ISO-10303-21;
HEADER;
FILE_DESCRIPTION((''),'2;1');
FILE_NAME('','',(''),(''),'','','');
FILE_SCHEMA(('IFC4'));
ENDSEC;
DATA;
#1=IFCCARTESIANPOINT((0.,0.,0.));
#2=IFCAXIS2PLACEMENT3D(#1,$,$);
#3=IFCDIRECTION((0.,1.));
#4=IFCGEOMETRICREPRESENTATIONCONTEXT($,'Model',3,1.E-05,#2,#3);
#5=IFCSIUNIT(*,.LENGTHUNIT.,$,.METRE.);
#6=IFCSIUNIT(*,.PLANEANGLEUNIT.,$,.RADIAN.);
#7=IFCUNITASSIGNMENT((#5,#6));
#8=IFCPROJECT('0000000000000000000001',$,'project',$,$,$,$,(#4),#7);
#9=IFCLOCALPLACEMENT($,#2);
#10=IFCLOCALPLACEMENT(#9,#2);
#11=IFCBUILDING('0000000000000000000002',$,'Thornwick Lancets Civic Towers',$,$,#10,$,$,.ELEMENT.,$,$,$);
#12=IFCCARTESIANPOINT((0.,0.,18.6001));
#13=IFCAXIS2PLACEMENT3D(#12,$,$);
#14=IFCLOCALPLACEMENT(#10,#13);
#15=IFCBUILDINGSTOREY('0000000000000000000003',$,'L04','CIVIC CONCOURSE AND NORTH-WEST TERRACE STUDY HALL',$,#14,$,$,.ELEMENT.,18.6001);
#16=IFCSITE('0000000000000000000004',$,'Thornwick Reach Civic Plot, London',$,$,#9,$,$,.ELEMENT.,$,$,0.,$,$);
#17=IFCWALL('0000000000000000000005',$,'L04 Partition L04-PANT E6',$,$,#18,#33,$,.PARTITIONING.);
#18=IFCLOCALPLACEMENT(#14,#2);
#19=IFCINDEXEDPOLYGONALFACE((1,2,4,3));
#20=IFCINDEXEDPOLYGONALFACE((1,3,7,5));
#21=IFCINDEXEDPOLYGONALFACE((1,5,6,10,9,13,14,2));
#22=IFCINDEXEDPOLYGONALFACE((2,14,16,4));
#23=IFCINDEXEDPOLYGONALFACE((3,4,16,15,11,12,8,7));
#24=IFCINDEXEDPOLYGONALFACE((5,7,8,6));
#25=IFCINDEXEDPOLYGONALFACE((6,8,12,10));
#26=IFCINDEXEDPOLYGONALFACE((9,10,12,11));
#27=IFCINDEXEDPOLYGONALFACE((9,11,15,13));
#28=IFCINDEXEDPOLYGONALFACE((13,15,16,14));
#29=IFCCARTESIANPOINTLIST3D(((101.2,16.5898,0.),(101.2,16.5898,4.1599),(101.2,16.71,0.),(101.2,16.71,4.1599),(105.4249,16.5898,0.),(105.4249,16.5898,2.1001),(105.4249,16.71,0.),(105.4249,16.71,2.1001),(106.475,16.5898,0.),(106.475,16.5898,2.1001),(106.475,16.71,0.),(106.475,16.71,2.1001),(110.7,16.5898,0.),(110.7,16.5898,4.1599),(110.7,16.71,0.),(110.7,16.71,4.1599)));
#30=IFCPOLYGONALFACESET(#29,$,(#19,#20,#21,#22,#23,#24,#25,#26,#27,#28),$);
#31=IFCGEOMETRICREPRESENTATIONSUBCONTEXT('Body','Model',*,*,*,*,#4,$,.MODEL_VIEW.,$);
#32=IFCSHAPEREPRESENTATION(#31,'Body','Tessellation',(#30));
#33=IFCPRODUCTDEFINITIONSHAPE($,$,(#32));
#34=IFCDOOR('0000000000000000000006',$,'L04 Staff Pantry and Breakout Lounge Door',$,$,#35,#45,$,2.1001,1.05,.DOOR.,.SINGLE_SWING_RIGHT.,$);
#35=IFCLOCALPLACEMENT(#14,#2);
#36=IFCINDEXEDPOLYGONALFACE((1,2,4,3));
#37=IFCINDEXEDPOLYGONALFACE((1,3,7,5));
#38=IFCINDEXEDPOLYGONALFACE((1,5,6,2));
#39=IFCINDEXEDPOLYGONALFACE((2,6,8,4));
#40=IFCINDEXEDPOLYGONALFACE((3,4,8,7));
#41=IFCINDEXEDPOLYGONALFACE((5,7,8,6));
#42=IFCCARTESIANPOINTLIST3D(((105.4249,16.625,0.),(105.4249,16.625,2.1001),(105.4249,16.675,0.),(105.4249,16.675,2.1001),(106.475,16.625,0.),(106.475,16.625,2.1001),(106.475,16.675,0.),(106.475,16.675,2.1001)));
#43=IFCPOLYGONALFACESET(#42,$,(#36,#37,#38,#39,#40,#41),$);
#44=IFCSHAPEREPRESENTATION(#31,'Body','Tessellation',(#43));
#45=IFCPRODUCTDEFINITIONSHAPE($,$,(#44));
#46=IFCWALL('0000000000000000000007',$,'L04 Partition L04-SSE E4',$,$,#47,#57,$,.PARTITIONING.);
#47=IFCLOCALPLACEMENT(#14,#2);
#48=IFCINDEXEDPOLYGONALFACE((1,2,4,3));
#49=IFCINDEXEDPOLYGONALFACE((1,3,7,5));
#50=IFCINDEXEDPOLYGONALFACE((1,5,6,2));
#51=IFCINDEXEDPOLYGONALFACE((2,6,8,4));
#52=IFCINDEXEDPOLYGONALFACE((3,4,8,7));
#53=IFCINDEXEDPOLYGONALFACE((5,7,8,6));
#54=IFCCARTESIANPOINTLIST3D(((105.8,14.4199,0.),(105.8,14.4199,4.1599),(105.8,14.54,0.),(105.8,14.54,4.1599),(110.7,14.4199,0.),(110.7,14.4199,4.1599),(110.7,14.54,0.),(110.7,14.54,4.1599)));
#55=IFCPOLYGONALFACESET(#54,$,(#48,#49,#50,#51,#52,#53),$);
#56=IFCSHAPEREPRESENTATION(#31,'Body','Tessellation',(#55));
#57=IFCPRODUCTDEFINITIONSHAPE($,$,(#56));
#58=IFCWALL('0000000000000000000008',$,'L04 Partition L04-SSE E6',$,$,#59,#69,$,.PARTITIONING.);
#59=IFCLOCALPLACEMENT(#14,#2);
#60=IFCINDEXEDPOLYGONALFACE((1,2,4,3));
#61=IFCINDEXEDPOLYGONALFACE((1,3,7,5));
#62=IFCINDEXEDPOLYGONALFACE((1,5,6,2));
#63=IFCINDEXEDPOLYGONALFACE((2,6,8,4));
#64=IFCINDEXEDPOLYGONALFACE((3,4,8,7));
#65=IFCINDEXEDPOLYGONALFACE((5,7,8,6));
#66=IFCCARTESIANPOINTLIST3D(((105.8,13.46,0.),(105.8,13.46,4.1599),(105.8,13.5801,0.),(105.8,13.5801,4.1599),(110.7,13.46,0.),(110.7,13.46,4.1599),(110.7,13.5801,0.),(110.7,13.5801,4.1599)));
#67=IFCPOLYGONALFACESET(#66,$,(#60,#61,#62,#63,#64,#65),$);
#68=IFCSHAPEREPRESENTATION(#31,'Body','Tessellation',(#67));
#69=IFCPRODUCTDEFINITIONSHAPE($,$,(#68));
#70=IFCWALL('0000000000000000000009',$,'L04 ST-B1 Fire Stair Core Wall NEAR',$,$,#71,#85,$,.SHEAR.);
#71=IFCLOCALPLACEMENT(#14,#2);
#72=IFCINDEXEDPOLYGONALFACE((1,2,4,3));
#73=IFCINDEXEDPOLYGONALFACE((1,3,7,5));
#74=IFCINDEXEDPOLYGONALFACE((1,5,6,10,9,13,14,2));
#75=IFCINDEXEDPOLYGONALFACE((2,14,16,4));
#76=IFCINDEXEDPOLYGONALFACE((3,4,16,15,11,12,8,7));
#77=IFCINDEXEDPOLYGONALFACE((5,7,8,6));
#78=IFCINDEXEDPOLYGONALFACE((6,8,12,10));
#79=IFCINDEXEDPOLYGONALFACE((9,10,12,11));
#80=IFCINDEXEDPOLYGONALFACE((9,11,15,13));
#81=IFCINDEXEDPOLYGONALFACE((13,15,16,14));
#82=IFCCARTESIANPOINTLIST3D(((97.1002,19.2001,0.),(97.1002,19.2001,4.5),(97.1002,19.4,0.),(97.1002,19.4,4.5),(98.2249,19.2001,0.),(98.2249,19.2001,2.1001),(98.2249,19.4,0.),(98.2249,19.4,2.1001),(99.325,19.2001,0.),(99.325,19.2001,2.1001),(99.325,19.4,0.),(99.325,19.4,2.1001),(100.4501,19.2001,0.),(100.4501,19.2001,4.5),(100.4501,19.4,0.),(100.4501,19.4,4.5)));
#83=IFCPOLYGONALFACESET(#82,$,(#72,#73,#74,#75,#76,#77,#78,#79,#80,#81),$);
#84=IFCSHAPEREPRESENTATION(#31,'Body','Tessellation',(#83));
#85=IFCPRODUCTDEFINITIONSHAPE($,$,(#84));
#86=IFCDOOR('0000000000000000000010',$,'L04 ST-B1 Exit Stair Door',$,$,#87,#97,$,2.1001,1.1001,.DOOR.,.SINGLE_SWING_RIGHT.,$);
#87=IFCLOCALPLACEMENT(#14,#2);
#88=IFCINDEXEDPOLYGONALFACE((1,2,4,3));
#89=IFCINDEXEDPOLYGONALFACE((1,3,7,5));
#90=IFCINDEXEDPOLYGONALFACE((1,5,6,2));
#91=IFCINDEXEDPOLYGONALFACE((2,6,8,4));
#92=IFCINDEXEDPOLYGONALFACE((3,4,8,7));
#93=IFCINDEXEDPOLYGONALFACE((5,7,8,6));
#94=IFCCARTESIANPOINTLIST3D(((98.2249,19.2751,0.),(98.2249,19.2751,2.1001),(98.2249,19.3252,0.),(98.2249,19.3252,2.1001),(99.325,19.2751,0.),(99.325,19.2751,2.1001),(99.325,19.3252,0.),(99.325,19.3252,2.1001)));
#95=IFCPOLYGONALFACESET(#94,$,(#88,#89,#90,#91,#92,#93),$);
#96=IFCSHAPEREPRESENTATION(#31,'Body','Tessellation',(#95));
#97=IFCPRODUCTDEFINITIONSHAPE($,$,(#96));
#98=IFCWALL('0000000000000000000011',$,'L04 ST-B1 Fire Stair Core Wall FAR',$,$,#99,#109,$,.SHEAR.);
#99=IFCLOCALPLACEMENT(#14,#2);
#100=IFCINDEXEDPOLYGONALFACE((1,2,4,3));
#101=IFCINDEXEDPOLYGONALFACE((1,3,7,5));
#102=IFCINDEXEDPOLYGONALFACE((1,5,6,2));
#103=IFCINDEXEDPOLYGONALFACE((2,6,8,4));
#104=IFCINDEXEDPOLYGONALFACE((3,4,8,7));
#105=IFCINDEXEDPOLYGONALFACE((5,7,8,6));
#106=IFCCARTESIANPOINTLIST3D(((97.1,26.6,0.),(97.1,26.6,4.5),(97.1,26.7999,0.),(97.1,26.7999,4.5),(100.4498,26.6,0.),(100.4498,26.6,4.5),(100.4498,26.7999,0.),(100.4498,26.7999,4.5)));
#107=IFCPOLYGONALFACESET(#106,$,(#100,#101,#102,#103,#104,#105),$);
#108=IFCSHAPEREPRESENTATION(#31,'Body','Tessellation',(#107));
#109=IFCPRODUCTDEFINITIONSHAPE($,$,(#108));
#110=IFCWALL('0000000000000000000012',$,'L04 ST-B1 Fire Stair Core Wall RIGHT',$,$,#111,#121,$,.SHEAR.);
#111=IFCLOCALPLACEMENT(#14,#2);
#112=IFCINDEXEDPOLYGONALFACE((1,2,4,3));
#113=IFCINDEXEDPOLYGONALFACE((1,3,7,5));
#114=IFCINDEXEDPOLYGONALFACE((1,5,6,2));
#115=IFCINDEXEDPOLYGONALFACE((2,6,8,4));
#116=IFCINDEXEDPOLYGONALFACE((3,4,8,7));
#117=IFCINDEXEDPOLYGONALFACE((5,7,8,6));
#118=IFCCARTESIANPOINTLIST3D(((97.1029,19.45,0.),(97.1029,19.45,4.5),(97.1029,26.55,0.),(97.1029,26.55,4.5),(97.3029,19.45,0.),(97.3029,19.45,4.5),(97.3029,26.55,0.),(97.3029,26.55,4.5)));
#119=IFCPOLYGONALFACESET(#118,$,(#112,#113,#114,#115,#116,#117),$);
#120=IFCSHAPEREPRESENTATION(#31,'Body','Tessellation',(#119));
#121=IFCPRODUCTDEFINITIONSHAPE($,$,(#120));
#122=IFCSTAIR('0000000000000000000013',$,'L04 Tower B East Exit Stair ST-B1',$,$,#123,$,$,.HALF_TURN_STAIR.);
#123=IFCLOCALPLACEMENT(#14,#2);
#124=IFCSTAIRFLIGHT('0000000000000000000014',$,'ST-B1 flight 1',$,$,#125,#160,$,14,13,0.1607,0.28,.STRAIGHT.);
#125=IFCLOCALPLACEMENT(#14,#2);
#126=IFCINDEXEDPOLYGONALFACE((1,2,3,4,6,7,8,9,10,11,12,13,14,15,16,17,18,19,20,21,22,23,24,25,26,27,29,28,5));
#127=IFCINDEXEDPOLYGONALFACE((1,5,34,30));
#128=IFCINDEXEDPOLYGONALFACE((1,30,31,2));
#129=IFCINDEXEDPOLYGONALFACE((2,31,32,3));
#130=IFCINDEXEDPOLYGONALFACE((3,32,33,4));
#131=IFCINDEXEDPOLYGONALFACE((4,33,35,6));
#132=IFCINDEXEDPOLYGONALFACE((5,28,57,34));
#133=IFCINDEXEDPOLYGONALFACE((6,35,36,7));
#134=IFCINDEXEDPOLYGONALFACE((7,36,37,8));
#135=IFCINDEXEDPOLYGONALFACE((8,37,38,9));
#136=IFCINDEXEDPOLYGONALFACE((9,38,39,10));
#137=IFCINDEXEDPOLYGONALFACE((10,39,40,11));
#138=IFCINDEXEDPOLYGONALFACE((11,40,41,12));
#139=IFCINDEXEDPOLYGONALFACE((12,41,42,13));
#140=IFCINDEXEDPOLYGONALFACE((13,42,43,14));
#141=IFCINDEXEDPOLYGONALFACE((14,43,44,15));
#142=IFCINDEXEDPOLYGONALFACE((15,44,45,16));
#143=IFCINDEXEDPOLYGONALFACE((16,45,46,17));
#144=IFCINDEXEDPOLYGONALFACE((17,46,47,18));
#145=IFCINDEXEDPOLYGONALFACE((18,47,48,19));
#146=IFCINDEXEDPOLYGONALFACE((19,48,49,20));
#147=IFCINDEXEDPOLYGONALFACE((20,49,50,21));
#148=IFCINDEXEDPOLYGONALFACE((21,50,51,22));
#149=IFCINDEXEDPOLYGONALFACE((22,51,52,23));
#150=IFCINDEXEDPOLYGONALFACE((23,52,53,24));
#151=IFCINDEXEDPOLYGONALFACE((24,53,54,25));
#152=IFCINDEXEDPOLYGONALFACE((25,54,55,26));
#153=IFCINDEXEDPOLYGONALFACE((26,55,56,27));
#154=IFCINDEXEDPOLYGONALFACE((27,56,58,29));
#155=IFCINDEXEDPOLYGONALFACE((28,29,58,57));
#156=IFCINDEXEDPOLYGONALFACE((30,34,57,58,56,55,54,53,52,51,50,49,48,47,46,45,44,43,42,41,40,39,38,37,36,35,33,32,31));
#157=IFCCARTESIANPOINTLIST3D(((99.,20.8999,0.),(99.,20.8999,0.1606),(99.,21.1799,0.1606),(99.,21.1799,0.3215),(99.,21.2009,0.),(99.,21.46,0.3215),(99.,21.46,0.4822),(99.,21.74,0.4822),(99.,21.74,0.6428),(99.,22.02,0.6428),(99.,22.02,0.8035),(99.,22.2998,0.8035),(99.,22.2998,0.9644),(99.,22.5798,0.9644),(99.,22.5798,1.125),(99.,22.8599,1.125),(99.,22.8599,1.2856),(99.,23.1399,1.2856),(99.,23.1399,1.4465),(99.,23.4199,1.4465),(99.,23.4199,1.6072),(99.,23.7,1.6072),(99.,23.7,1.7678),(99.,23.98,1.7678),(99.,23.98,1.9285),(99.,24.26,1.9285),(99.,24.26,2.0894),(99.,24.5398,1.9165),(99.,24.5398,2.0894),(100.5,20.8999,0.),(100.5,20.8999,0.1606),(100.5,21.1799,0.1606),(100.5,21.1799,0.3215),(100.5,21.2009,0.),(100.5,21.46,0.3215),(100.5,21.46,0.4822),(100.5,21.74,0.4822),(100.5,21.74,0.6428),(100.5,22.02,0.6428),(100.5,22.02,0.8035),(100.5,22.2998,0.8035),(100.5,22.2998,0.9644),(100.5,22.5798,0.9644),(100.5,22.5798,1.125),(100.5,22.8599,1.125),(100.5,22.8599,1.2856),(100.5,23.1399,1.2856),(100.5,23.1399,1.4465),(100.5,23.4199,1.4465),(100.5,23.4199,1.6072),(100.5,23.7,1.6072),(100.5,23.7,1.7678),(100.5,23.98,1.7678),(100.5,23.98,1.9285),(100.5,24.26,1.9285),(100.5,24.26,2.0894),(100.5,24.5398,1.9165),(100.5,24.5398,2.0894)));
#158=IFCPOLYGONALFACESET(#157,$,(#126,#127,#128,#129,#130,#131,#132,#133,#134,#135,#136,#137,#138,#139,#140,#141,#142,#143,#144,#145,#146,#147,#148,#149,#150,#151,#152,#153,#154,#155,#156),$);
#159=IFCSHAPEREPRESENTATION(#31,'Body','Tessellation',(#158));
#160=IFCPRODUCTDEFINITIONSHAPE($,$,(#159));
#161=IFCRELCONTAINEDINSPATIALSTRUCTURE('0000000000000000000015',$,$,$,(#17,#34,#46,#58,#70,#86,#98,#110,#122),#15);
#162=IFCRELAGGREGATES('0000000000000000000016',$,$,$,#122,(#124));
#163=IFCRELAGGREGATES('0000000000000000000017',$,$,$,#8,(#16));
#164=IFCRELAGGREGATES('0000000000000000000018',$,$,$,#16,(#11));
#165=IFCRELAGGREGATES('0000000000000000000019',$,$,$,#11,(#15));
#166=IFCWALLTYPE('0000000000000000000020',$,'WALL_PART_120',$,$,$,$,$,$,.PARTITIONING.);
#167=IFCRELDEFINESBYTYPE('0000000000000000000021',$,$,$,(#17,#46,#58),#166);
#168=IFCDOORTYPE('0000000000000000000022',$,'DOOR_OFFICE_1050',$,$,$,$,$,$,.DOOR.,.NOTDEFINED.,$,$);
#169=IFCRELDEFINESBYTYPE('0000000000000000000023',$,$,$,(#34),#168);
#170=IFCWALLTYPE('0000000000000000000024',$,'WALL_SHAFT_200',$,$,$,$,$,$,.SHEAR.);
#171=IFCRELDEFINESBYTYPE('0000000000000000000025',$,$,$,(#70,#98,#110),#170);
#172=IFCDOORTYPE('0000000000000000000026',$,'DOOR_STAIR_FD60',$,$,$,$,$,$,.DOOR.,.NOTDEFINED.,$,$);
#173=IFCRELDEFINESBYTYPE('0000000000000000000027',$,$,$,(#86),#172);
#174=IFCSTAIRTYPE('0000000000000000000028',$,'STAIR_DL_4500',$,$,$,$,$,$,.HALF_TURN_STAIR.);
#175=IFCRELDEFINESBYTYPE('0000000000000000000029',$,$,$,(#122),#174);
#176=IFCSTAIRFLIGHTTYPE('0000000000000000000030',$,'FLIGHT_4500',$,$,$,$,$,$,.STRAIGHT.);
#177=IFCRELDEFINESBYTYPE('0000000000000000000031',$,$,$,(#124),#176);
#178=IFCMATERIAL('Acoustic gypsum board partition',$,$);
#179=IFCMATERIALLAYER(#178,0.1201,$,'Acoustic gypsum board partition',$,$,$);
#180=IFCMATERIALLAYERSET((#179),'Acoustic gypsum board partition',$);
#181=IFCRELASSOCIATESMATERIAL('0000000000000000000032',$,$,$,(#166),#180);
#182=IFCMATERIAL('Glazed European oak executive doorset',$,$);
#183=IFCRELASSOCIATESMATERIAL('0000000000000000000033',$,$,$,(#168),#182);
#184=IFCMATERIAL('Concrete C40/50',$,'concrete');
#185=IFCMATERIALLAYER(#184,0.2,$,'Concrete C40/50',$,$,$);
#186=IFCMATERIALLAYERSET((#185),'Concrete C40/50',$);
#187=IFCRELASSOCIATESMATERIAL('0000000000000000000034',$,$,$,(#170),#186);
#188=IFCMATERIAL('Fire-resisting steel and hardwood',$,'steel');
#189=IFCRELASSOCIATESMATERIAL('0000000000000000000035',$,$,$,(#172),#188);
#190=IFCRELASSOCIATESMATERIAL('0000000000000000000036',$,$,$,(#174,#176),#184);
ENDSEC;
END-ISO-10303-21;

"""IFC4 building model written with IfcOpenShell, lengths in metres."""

from ifc_helpers import new_model, si_unit, direction, frame, frame_2d, origin, place, context, subcontext, project, spatial, polyline, rectangle, outline, extrude, material, layer, layer_set, type_object, element, fill, aggregate, save


model = new_model("IFC4")

# Units and contexts
model_context = context("Model", 3, precision=1e-05, world=origin(), true_north=direction((0.0, 1.0)))
body_context = subcontext(model_context, "Body", "Model", "MODEL_VIEW")
ifc_project = project(units=[si_unit("LENGTHUNIT", "METRE"), si_unit("PLANEANGLEUNIT", "RADIAN")], contexts=[model_context])

# Site, building, storey
site_placement = place(None, origin())
site = spatial("IfcSite", under=ifc_project, at=site_placement, Name="Thornwick Reach Civic Plot, London", CompositionType="ELEMENT", RefElevation=0.0)
building_placement = place(site_placement, origin())
building = spatial("IfcBuilding", under=site, at=building_placement, Name="Thornwick Lancets Civic Towers", CompositionType="ELEMENT")
storey_placement = place(building_placement, frame((0.0, 0.0, 18.6001)))
storey = spatial("IfcBuildingStorey", under=building, at=storey_placement, Name="L04", Description="CIVIC CONCOURSE AND NORTH-WEST TERRACE STUDY HALL", CompositionType="ELEMENT", Elevation=18.6001)

# Shared definitions
ifc_material_1 = material(Name="Concrete C40/50", Category="concrete")

# Shared definitions
ifc_material_2 = material(Name="Acoustic gypsum board partition")
ifc_layer_1 = layer(ifc_material_2, 0.1201, Name="Acoustic gypsum board partition")
ifc_layer_set_1 = layer_set([ifc_layer_1], Name="Acoustic gypsum board partition")
wall_type_1 = type_object("IfcWallType", Name="WALL_PART_120", PredefinedType="PARTITIONING", material=ifc_layer_set_1)

# Wall, opening, door
wall_1_placement = place(storey_placement, frame((110.7, 16.6499, 0.0), z_axis=(0.0, 0.0, 1.0), x_axis=(-1.0, 0.0, 0.0)))
wall_1 = element("IfcWall", 1, at=wall_1_placement, inside=storey, type_object=wall_type_1, Name="L04 Partition L04-PANT E6", PredefinedType="PARTITIONING", context=body_context, shape_type="SweptSolid", body=[
    extrude(rectangle(XDim=9.5, YDim=0.1201, at=frame_2d((4.75, 0.0))), origin(), (0.0, 0.0, 1.0), 4.1599),
])
opening_1_placement = place(wall_1_placement, frame((4.2251, 0.0, 0.0)))
opening_1 = element("IfcOpeningElement", 2, at=opening_1_placement, cuts=wall_1, PredefinedType="OPENING", context=body_context, shape_type="SweptSolid", body=[
    extrude(rectangle(XDim=1.05, YDim=2.1001, at=frame_2d((0.5249, 1.05))), frame((0.0, 0.0701, 0.0), z_axis=(0.0, -1.0, 0.0), x_axis=(1.0, 0.0, 0.0)), (0.0, 0.0, 1.0), 0.1401),
])
ifc_material_3 = material(Name="Glazed European oak executive doorset")
door_type_1 = type_object("IfcDoorType", Name="DOOR_OFFICE_1050", OperationType="NOTDEFINED", PredefinedType="DOOR", material=ifc_material_3)
door_1_placement = place(opening_1_placement, origin())
door_1 = element("IfcDoor", 3, at=door_1_placement, inside=storey, type_object=door_type_1, Name="L04 Staff Pantry and Breakout Lounge Door", OperationType="SINGLE_SWING_RIGHT", OverallHeight=2.1001, OverallWidth=1.05, PredefinedType="DOOR", context=body_context, shape_type="SweptSolid", body=[
    extrude(rectangle(XDim=1.05, YDim=2.1001, at=frame_2d((0.5249, 1.05))), frame((0.0, 0.0249, 0.0), z_axis=(0.0, -1.0, 0.0), x_axis=(1.0, 0.0, 0.0)), (0.0, 0.0, 1.0), 0.05),
])
fill(opening_1, door_1)

# Walls
for number, where, z_axis, x_axis, name in (
    (4, (110.7, 14.48, 0.0), (0.0, 0.0, 1.0), (-1.0, 0.0, 0.0), "L04 Partition L04-SSE E4"),
    (5, (105.8, 13.52, 0.0), (0.0, 0.0, 1.0), (1.0, 0.0, 0.0), "L04 Partition L04-SSE E6"),
):
    element("IfcWall", number, at=place(storey_placement, frame(where, z_axis=z_axis, x_axis=x_axis)), inside=storey, type_object=wall_type_1, Name=name, PredefinedType="PARTITIONING", context=body_context, shape_type="SweptSolid", body=[
        extrude(rectangle(XDim=4.8999, YDim=0.1201, at=frame_2d((2.45, 0.0))), origin(), (0.0, 0.0, 1.0), 4.1599),
    ])

# Wall, opening, door
ifc_layer_2 = layer(ifc_material_1, 0.2, Name="Concrete C40/50")
ifc_layer_set_2 = layer_set([ifc_layer_2], Name="Concrete C40/50")
wall_type_2 = type_object("IfcWallType", Name="WALL_SHAFT_200", PredefinedType="SHEAR", material=ifc_layer_set_2)
wall_2_placement = place(storey_placement, frame((100.45, 19.3, 0.0), z_axis=(0.0, 0.0, 1.0), x_axis=(-1.0, 0.0, 0.0)))
wall_2 = element("IfcWall", 6, at=wall_2_placement, inside=storey, type_object=wall_type_2, Name="L04 ST-B1 Fire Stair Core Wall NEAR", PredefinedType="SHEAR", context=body_context, shape_type="SweptSolid", body=[
    extrude(rectangle(XDim=3.3499, YDim=0.2, at=frame_2d((1.6748, 0.0))), origin(), (0.0, 0.0, 1.0), 4.5),
])
opening_2_placement = place(wall_2_placement, frame((1.125, 0.0, 0.0)))
opening_2 = element("IfcOpeningElement", 7, at=opening_2_placement, cuts=wall_2, PredefinedType="OPENING", context=body_context, shape_type="SweptSolid", body=[
    extrude(rectangle(XDim=1.1001, YDim=2.1001, at=frame_2d((0.55, 1.05))), frame((0.0, 0.1099, 0.0), z_axis=(0.0, -1.0, 0.0), x_axis=(1.0, 0.0, 0.0)), (0.0, 0.0, 1.0), 0.22),
])
ifc_material_4 = material(Name="Fire-resisting steel and hardwood", Category="steel")
door_type_2 = type_object("IfcDoorType", Name="DOOR_STAIR_FD60", OperationType="NOTDEFINED", PredefinedType="DOOR", material=ifc_material_4)
door_2_placement = place(opening_2_placement, origin())
door_2 = element("IfcDoor", 8, at=door_2_placement, inside=storey, type_object=door_type_2, Name="L04 ST-B1 Exit Stair Door", OperationType="SINGLE_SWING_RIGHT", OverallHeight=2.1001, OverallWidth=1.1001, PredefinedType="DOOR", context=body_context, shape_type="SweptSolid", body=[
    extrude(rectangle(XDim=1.1001, YDim=2.1001, at=frame_2d((0.55, 1.05))), frame((0.0, 0.0249, 0.0), z_axis=(0.0, -1.0, 0.0), x_axis=(1.0, 0.0, 0.0)), (0.0, 0.0, 1.0), 0.05),
])
fill(opening_2, door_2)

# Walls
wall_3_placement = place(storey_placement, frame((97.1001, 26.7, 0.0), z_axis=(0.0, 0.0, 1.0), x_axis=(1.0, 0.0, 0.0)))
element("IfcWall", 9, at=wall_3_placement, inside=storey, type_object=wall_type_2, Name="L04 ST-B1 Fire Stair Core Wall FAR", PredefinedType="SHEAR", context=body_context, shape_type="SweptSolid", body=[
    extrude(rectangle(XDim=3.3499, YDim=0.2, at=frame_2d((1.6748, 0.0))), origin(), (0.0, 0.0, 1.0), 4.5),
])
wall_4_placement = place(storey_placement, frame((97.2029, 26.55, 0.0), z_axis=(0.0, 0.0, 1.0), x_axis=(0.0, -1.0, 0.0)))
element("IfcWall", 10, at=wall_4_placement, inside=storey, type_object=wall_type_2, Name="L04 ST-B1 Fire Stair Core Wall RIGHT", PredefinedType="SHEAR", context=body_context, shape_type="SweptSolid", body=[
    extrude(rectangle(XDim=7.1001, YDim=0.2, at=frame_2d((3.55, 0.0))), origin(), (0.0, 0.0, 1.0), 4.5),
])

# Stair, stair flight
stair_type = type_object("IfcStairType", Name="STAIR_DL_4500", PredefinedType="HALF_TURN_STAIR", material=ifc_material_1)
stair_placement = place(storey_placement, origin())
stair = element("IfcStair", 11, at=stair_placement, inside=storey, type_object=stair_type, Name="L04 Tower B East Exit Stair ST-B1", PredefinedType="HALF_TURN_STAIR")
stair_flight_type = type_object("IfcStairFlightType", Name="FLIGHT_4500", PredefinedType="STRAIGHT", material=ifc_material_1)
stair_flight_1_placement = place(storey_placement, frame((99.75, 20.8999, 0.0), z_axis=(0.0, 0.0, 1.0), x_axis=(0.0, 1.0, 0.0)))
stair_flight_1 = element("IfcStairFlight", 12, at=stair_flight_1_placement, type_object=stair_flight_type, Name="ST-B1 flight 1", NumberOfRisers=14, NumberOfTreads=13, PredefinedType="STRAIGHT", RiserHeight=0.1607, TreadLength=0.28, context=body_context, shape_type="SweptSolid", body=[
    extrude(outline(polyline([(0.0, 0.0), (0.0, 0.1606), (0.28, 0.1606), (0.28, 0.3215), (0.5601, 0.3215), (0.5601, 0.4822), (0.8401, 0.4822), (0.8401, 0.6428), (1.1201, 0.6428), (1.1201, 0.8035), (1.3999, 0.8035), (1.3999, 0.9644), (1.6799, 0.9644), (1.6799, 1.125), (1.96, 1.125), (1.96, 1.2856), (2.24, 1.2856), (2.24, 1.4465), (2.52, 1.4465), (2.52, 1.6072), (2.8, 1.6072), (2.8, 1.7678), (3.0801, 1.7678), (3.0801, 1.9285), (3.3601, 1.9285), (3.3601, 2.0894), (3.6399, 2.0894), (3.6399, 2.25), (3.6399, 1.9165), (0.301, 0.0), (0.0, 0.0)])), frame((0.0, 0.75, 0.0), z_axis=(0.0, -1.0, 0.0), x_axis=(1.0, 0.0, 0.0)), (0.0, 0.0, 1.0), 1.5),
])
aggregate(stair, [stair_flight_1])

save(model, "model.ifc")
